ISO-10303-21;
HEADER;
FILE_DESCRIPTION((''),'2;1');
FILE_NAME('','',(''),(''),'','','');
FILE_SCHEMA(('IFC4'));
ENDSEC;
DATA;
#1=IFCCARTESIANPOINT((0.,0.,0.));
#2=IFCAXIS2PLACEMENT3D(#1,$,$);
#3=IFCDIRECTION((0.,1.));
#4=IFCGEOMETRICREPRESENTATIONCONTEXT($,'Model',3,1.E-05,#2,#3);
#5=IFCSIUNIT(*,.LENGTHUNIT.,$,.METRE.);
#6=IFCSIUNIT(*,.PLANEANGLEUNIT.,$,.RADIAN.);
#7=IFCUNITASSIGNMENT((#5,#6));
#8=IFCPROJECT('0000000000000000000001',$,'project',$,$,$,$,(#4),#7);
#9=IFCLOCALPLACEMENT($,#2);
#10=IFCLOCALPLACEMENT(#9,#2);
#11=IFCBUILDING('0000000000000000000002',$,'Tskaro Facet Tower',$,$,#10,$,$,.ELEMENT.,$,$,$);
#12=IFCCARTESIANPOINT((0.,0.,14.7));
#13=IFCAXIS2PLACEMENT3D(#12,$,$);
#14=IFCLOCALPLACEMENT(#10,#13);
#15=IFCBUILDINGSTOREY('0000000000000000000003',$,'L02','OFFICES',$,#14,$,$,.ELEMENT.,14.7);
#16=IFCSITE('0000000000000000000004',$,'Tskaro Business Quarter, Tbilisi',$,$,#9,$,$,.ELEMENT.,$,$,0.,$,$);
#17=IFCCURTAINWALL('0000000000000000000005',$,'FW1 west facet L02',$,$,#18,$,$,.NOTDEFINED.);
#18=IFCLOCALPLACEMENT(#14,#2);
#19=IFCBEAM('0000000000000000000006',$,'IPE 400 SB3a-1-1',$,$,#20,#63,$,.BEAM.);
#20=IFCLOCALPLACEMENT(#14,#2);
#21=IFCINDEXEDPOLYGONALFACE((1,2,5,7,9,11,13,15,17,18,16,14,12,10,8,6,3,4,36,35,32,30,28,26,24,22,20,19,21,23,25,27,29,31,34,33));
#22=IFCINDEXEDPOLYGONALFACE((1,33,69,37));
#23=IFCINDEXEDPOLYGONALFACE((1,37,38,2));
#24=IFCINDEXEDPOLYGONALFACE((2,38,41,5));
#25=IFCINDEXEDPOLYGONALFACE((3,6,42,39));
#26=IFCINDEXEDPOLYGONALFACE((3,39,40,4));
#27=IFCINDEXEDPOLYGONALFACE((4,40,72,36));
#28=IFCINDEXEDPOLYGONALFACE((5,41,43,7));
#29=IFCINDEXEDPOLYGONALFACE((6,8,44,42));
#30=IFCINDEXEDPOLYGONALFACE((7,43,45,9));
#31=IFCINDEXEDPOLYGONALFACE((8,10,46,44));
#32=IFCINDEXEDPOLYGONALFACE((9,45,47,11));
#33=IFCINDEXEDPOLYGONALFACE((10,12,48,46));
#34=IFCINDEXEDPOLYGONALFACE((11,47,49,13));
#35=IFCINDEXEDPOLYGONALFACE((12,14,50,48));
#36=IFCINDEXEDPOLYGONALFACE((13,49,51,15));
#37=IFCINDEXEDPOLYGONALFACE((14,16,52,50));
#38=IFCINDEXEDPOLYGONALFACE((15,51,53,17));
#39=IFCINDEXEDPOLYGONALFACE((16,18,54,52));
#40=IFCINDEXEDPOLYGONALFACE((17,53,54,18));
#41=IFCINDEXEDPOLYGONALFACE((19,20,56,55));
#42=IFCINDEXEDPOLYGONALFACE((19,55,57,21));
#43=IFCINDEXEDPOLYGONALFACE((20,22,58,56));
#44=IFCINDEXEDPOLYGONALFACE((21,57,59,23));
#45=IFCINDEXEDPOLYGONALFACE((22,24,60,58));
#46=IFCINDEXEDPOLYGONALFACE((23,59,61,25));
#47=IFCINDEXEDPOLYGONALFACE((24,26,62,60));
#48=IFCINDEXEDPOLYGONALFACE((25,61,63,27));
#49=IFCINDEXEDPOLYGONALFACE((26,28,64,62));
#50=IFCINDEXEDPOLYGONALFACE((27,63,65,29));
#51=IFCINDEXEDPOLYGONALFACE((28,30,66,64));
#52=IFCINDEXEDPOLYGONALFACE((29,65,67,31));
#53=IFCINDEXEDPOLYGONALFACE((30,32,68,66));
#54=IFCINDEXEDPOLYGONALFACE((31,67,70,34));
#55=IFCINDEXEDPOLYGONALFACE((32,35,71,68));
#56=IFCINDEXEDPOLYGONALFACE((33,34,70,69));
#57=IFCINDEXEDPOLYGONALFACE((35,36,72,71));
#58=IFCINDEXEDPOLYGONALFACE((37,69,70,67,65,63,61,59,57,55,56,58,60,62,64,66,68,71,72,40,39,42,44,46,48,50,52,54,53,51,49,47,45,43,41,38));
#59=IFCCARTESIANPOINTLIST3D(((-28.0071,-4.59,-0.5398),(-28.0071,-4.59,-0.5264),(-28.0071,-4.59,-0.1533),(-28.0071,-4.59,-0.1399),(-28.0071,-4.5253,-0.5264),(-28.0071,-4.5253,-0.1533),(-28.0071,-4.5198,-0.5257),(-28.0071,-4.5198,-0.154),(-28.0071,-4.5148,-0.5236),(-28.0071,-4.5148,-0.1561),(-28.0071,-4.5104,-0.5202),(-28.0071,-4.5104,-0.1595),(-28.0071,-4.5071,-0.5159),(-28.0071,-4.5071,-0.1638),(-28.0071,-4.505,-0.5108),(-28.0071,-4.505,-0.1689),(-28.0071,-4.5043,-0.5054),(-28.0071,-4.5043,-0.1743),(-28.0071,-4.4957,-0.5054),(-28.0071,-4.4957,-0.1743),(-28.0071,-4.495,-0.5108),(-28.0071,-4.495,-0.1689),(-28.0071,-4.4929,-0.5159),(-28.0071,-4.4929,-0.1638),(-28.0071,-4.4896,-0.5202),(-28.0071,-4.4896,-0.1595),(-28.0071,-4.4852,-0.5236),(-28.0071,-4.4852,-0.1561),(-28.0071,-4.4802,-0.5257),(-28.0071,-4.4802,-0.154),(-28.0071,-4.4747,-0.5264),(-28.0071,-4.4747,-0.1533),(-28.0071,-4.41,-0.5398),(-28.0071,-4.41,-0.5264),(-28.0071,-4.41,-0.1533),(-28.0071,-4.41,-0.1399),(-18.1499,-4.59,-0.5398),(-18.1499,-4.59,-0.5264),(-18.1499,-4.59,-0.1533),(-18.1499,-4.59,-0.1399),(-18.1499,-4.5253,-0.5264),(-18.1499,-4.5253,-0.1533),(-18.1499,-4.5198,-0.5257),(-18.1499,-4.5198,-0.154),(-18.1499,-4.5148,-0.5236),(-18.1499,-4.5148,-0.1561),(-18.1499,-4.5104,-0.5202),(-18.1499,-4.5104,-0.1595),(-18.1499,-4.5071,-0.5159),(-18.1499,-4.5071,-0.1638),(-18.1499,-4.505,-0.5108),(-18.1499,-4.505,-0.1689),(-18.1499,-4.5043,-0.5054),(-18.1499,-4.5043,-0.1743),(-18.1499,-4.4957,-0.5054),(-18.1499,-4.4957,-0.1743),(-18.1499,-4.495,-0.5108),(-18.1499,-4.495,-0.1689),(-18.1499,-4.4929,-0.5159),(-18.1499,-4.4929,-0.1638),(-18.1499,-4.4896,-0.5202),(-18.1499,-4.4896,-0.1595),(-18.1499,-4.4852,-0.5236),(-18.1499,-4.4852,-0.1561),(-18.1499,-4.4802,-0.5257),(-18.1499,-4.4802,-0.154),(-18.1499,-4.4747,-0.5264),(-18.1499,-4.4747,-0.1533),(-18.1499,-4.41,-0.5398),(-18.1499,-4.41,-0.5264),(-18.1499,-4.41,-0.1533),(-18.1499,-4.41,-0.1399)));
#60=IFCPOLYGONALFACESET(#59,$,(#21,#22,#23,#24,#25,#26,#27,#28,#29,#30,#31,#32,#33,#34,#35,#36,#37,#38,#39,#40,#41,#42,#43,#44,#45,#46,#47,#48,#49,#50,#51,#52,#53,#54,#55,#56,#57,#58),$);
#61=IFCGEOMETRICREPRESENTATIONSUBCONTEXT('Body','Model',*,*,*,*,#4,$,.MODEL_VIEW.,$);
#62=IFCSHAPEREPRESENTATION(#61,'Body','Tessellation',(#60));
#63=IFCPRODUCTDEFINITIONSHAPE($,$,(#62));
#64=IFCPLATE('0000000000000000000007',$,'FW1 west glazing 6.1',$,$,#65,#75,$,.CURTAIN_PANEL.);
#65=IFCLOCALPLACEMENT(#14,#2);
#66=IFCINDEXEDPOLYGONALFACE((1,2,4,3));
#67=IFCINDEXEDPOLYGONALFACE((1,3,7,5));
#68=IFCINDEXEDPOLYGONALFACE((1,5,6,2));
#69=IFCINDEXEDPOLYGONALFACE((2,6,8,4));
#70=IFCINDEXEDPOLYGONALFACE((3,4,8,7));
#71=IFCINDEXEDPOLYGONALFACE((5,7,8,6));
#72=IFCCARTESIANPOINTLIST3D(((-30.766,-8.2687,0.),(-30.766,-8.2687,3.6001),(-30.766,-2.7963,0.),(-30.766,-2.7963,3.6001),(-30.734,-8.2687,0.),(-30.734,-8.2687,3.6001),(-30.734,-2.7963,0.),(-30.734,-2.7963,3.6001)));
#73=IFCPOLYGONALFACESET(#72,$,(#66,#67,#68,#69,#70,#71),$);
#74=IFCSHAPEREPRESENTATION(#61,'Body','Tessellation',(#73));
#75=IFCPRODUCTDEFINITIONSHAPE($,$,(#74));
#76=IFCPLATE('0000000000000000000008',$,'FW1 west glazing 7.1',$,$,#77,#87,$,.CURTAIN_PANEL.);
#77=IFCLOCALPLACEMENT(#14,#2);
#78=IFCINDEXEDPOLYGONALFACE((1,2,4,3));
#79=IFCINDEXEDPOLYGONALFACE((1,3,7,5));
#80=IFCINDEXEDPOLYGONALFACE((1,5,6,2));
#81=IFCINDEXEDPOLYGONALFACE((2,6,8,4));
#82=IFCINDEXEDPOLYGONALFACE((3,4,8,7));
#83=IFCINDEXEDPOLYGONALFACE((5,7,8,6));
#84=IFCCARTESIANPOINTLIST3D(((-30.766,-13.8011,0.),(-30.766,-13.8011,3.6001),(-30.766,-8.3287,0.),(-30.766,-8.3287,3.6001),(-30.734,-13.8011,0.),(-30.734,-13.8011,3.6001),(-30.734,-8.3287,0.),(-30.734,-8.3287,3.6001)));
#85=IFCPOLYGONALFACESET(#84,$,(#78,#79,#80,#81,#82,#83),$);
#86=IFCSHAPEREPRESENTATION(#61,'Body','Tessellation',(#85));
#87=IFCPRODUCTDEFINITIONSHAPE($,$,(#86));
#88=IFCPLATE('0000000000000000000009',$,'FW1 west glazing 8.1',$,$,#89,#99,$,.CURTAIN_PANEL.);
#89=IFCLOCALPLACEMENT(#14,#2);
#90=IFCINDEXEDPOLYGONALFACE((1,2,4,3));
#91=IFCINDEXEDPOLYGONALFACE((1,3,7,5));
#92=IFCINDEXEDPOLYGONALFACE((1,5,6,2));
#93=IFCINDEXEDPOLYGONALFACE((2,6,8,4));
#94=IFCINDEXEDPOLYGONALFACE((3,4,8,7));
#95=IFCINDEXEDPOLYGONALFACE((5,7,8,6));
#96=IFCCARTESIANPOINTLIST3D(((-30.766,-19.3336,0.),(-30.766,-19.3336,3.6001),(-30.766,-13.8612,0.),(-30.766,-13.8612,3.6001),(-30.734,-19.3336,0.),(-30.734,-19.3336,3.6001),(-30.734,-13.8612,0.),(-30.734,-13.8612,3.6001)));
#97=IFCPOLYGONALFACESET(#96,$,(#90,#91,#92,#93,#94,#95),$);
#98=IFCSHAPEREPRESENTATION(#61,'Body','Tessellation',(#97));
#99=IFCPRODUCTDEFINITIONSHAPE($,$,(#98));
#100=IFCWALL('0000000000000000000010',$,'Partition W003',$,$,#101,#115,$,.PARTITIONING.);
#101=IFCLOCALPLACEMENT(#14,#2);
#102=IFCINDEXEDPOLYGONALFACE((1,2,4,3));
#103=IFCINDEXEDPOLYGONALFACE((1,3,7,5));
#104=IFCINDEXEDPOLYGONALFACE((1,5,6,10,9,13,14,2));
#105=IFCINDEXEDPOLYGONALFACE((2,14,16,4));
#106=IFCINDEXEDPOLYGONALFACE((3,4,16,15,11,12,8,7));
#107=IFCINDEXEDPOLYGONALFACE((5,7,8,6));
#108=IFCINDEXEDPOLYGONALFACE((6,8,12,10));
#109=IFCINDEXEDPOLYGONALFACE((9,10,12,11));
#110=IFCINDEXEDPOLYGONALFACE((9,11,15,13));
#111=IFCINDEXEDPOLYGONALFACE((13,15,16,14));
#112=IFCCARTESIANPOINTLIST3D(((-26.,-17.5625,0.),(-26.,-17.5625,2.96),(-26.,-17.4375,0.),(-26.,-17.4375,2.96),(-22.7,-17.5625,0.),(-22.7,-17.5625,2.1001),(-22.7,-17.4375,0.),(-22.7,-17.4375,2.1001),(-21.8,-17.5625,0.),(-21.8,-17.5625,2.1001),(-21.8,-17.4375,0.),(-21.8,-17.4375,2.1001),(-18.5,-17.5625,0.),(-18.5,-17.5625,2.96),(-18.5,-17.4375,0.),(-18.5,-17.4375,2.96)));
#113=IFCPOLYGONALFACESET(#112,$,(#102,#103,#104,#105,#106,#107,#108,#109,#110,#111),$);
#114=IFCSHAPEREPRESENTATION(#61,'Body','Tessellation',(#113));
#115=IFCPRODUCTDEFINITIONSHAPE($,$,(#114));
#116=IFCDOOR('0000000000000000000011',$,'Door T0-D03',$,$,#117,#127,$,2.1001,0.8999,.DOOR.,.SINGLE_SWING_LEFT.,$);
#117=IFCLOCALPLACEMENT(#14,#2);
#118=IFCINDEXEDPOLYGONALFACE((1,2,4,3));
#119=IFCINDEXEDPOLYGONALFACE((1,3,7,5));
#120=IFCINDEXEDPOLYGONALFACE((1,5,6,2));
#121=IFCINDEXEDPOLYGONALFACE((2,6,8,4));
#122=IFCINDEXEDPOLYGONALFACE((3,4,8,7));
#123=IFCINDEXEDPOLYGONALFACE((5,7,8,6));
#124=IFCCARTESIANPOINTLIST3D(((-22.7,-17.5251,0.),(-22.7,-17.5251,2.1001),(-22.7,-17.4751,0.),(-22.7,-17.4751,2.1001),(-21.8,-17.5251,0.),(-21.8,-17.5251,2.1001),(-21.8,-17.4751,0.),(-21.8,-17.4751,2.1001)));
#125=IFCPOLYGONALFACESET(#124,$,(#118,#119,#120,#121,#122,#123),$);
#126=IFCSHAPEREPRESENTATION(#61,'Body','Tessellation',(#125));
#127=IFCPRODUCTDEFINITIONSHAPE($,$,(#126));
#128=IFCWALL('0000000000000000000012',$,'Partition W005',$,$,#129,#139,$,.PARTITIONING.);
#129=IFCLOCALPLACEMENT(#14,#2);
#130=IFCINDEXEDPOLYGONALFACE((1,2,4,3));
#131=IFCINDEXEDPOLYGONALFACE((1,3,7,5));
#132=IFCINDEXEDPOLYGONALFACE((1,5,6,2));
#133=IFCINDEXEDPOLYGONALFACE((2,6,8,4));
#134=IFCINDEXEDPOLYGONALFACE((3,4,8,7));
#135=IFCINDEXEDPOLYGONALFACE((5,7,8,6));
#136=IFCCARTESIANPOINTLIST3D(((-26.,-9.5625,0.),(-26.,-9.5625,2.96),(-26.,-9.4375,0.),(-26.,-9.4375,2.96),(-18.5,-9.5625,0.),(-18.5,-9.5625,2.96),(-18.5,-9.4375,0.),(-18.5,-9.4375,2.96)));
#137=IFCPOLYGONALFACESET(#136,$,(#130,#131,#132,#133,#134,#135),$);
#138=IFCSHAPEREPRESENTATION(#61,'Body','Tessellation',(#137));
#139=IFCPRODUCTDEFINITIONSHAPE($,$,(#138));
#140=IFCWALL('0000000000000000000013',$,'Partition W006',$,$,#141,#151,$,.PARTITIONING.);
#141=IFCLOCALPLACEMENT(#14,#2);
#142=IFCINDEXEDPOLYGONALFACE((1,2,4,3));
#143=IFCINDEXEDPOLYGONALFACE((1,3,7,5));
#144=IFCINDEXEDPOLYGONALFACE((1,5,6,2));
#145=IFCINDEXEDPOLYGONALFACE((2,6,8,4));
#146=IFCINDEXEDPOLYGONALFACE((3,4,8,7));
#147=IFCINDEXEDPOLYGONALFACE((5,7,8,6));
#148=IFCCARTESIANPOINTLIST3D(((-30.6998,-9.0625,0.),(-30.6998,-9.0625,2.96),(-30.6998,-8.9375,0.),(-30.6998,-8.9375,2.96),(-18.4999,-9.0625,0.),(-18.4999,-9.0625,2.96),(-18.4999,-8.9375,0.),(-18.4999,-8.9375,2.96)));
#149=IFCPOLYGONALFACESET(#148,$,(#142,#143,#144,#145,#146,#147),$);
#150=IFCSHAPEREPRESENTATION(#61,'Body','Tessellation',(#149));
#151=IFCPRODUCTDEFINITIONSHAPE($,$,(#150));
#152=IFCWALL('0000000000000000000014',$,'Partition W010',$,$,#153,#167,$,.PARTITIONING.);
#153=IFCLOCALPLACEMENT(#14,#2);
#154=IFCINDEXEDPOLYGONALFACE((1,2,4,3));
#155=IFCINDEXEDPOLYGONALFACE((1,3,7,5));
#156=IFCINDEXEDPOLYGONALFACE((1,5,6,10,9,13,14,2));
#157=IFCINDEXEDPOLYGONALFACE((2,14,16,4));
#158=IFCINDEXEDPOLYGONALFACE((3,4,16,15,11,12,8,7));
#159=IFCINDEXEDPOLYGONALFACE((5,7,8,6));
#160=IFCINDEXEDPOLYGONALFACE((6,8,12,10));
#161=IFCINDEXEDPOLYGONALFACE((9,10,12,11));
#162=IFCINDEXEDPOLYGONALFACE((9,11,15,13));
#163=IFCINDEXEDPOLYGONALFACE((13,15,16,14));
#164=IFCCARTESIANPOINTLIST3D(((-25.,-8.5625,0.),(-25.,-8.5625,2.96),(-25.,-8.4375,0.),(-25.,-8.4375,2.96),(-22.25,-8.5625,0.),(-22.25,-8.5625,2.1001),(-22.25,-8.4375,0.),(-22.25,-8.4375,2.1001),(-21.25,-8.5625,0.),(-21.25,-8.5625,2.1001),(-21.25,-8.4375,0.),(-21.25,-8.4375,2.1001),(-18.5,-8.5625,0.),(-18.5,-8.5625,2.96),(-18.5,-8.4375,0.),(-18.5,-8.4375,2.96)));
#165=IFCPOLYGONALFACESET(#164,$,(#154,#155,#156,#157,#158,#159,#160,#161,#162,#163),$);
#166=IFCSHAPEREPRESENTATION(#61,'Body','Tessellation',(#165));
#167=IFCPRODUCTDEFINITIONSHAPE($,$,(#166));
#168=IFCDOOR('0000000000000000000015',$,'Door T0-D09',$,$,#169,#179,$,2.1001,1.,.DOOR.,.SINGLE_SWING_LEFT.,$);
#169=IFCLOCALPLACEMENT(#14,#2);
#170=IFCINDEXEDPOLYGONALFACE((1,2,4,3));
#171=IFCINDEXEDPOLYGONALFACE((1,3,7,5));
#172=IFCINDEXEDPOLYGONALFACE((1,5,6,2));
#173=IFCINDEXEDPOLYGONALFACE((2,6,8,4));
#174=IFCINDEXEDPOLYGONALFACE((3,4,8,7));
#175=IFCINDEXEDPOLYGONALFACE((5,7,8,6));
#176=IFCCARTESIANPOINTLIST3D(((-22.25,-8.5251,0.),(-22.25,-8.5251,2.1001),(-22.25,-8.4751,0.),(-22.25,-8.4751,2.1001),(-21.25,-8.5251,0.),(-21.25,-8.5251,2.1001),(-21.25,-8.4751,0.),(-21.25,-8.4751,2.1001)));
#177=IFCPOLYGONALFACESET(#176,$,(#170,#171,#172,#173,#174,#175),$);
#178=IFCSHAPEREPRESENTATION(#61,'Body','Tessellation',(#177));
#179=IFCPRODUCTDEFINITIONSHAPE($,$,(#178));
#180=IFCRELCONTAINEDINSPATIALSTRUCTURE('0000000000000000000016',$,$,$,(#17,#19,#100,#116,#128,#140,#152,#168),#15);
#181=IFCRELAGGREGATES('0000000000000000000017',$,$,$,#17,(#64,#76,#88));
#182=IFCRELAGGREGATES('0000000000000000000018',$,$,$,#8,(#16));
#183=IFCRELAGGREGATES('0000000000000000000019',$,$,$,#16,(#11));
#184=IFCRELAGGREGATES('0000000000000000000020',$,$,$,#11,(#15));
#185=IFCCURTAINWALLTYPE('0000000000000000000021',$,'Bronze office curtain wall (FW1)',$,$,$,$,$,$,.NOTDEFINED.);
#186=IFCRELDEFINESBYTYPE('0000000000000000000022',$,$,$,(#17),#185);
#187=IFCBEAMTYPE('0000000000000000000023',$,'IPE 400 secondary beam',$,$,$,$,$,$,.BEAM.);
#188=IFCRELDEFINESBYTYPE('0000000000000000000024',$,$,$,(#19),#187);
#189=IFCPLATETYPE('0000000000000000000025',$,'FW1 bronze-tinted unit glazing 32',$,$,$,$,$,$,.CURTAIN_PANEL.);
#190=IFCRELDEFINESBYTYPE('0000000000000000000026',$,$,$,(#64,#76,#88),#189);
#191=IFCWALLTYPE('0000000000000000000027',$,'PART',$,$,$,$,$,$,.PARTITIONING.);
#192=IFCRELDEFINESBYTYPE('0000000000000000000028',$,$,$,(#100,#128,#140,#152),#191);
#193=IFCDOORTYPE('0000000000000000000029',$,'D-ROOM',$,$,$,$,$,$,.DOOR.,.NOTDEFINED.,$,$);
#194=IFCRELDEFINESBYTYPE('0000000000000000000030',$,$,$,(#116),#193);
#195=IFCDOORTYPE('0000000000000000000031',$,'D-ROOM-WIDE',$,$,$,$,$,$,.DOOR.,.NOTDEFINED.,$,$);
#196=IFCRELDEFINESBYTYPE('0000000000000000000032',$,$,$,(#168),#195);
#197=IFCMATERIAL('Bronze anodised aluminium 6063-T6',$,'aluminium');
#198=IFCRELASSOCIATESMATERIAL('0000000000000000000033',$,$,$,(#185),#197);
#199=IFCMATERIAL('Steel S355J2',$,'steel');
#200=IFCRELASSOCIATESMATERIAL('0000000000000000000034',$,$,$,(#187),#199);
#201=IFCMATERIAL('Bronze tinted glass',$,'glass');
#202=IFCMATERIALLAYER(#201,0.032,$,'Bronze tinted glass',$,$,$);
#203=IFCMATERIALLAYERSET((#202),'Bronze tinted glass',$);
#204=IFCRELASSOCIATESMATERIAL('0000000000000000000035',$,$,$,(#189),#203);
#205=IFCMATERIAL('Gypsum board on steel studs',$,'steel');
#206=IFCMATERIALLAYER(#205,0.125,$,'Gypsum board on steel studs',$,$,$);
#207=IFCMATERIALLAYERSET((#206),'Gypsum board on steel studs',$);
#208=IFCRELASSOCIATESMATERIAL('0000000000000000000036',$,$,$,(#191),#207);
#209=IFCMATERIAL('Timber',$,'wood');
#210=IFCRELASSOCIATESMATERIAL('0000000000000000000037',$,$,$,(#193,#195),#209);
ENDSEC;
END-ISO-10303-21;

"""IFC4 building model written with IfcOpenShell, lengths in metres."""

from ifc_helpers import new_model, si_unit, direction, frame, frame_2d, origin, origin_2d, place, context, subcontext, project, spatial, rectangle, i_section, extrude, material, layer, layer_set, material_profile, profile_set, type_object, element, fill, aggregate, save


model = new_model("IFC4")

# Units and contexts
model_context = context("Model", 3, precision=1e-05, world=origin(), true_north=direction((0.0, 1.0)))
body_context = subcontext(model_context, "Body", "Model", "MODEL_VIEW")
ifc_project = project(units=[si_unit("LENGTHUNIT", "METRE"), si_unit("PLANEANGLEUNIT", "RADIAN")], contexts=[model_context])

# Site, building, storey
site_placement = place(None, origin())
site = spatial("IfcSite", under=ifc_project, at=site_placement, Name="Tskaro Business Quarter, Tbilisi", CompositionType="ELEMENT", RefElevation=0.0)
building_placement = place(site_placement, origin())
building = spatial("IfcBuilding", under=site, at=building_placement, Name="Tskaro Facet Tower", CompositionType="ELEMENT")
storey_placement = place(building_placement, frame((0.0, 0.0, 14.7)))
storey = spatial("IfcBuildingStorey", under=building, at=storey_placement, Name="L02", Description="OFFICES", CompositionType="ELEMENT", Elevation=14.7)

# Curtain wall
ifc_material_1 = material(Name="Bronze anodised aluminium 6063-T6", Category="aluminium")
curtain_wall_type = type_object("IfcCurtainWallType", Name="Bronze office curtain wall (FW1)", PredefinedType="NOTDEFINED", material=ifc_material_1)
curtain_wall_placement = place(storey_placement, origin())
curtain_wall = element("IfcCurtainWall", 1, at=curtain_wall_placement, inside=storey, type_object=curtain_wall_type, Name="FW1 west facet L02", PredefinedType="NOTDEFINED")

# Beam
ifc_material_2 = material(Name="Steel S355J2", Category="steel")
ifc_material_profile_1 = material_profile(ifc_material_2, i_section(OverallWidth=0.1799, OverallDepth=0.3999, WebThickness=0.0085, FlangeThickness=0.0134, FilletRadius=0.021, at=origin_2d()), Name="IPE 400")
ifc_profile_set_1 = profile_set([ifc_material_profile_1], Name="Steel S355J2")
beam_type_1 = type_object("IfcBeamType", Name="IPE 400 secondary beam", PredefinedType="BEAM", material=ifc_profile_set_1)
for number, where, z_axis, x_axis, name in (
    (2, (-28.0071, -4.5, -0.3398), (1.0, 0.0, 0.0), (0.0, 1.0, 0.0), "IPE 400 SB3a-1-1"),
):
    element("IfcBeam", number, at=place(storey_placement, frame(where, z_axis=z_axis, x_axis=x_axis)), inside=storey, type_object=beam_type_1, Name=name, PredefinedType="BEAM", context=body_context, shape_type="SweptSolid", body=[
        extrude(i_section(OverallWidth=0.1799, OverallDepth=0.3999, WebThickness=0.0085, FlangeThickness=0.0134, FilletRadius=0.021, at=origin_2d()), origin(), (0.0, 0.0, 1.0), 9.8572),
    ])

# Plates
ifc_material_3 = material(Name="Bronze tinted glass", Category="glass")
ifc_layer_1 = layer(ifc_material_3, 0.032, Name="Bronze tinted glass")
ifc_layer_set_1 = layer_set([ifc_layer_1], Name="Bronze tinted glass")
plate_type = type_object("IfcPlateType", Name="FW1 bronze-tinted unit glazing 32", PredefinedType="CURTAIN_PANEL", material=ifc_layer_set_1)
plate_1_placement = place(storey_placement, frame((-30.75, -5.5325, 0.0), z_axis=(0.0, 0.0, 1.0), x_axis=(0.0, -1.0, 0.0)))
plate_1 = element("IfcPlate", 3, at=plate_1_placement, type_object=plate_type, Name="FW1 west glazing 6.1", PredefinedType="CURTAIN_PANEL", context=body_context, shape_type="SweptSolid", body=[
    extrude(rectangle(XDim=5.4724, YDim=0.032, at=origin_2d()), origin(), (0.0, 0.0, 1.0), 3.6001),
])
plate_2_placement = place(storey_placement, frame((-30.75, -11.0649, 0.0), z_axis=(0.0, 0.0, 1.0), x_axis=(0.0, -1.0, 0.0)))
plate_2 = element("IfcPlate", 4, at=plate_2_placement, type_object=plate_type, Name="FW1 west glazing 7.1", PredefinedType="CURTAIN_PANEL", context=body_context, shape_type="SweptSolid", body=[
    extrude(rectangle(XDim=5.4724, YDim=0.032, at=origin_2d()), origin(), (0.0, 0.0, 1.0), 3.6001),
])
plate_3_placement = place(storey_placement, frame((-30.75, -16.5974, 0.0), z_axis=(0.0, 0.0, 1.0), x_axis=(0.0, -1.0, 0.0)))
plate_3 = element("IfcPlate", 5, at=plate_3_placement, type_object=plate_type, Name="FW1 west glazing 8.1", PredefinedType="CURTAIN_PANEL", context=body_context, shape_type="SweptSolid", body=[
    extrude(rectangle(XDim=5.4724, YDim=0.032, at=origin_2d()), origin(), (0.0, 0.0, 1.0), 3.6001),
])
aggregate(curtain_wall, [plate_1, plate_2, plate_3])

# Wall, opening, door
ifc_material_4 = material(Name="Gypsum board on steel studs", Category="steel")
ifc_layer_2 = layer(ifc_material_4, 0.125, Name="Gypsum board on steel studs")
ifc_layer_set_2 = layer_set([ifc_layer_2], Name="Gypsum board on steel studs")
wall_type = type_object("IfcWallType", Name="PART", PredefinedType="PARTITIONING", material=ifc_layer_set_2)
wall_1_placement = place(storey_placement, frame((-26.0, -17.5, 0.0), z_axis=(0.0, 0.0, 1.0), x_axis=(1.0, 0.0, 0.0)))
wall_1 = element("IfcWall", 6, at=wall_1_placement, inside=storey, type_object=wall_type, Name="Partition W003", PredefinedType="PARTITIONING", context=body_context, shape_type="SweptSolid", body=[
    extrude(rectangle(XDim=7.5, YDim=0.125, at=frame_2d((3.75, 0.0))), origin(), (0.0, 0.0, 1.0), 2.96),
])
opening_1_placement = place(wall_1_placement, frame((3.3, 0.0, 0.0)))
opening_1 = element("IfcOpeningElement", 7, at=opening_1_placement, cuts=wall_1, PredefinedType="OPENING", context=body_context, shape_type="SweptSolid", body=[
    extrude(rectangle(XDim=0.8999, YDim=2.1001, at=frame_2d((0.45, 1.05))), frame((0.0, 0.0725, 0.0), z_axis=(0.0, -1.0, 0.0), x_axis=(1.0, 0.0, 0.0)), (0.0, 0.0, 1.0), 0.145),
])
ifc_material_5 = material(Name="Timber", Category="wood")
door_type_1 = type_object("IfcDoorType", Name="D-ROOM", OperationType="NOTDEFINED", PredefinedType="DOOR", material=ifc_material_5)
door_1_placement = place(opening_1_placement, origin())
door_1 = element("IfcDoor", 8, at=door_1_placement, inside=storey, type_object=door_type_1, Name="Door T0-D03", OperationType="SINGLE_SWING_LEFT", OverallHeight=2.1001, OverallWidth=0.8999, PredefinedType="DOOR", context=body_context, shape_type="SweptSolid", body=[
    extrude(rectangle(XDim=0.8999, YDim=2.1001, at=frame_2d((0.45, 1.05))), frame((0.0, 0.0249, 0.0), z_axis=(0.0, -1.0, 0.0), x_axis=(1.0, 0.0, 0.0)), (0.0, 0.0, 1.0), 0.05),
])
fill(opening_1, door_1)

# Walls
wall_2_placement = place(storey_placement, frame((-26.0, -9.5, 0.0), z_axis=(0.0, 0.0, 1.0), x_axis=(1.0, 0.0, 0.0)))
element("IfcWall", 9, at=wall_2_placement, inside=storey, type_object=wall_type, Name="Partition W005", PredefinedType="PARTITIONING", context=body_context, shape_type="SweptSolid", body=[
    extrude(rectangle(XDim=7.5, YDim=0.125, at=frame_2d((3.75, 0.0))), origin(), (0.0, 0.0, 1.0), 2.96),
])
wall_3_placement = place(storey_placement, frame((-30.7, -9.0, 0.0), z_axis=(0.0, 0.0, 1.0), x_axis=(1.0, 0.0, 0.0)))
element("IfcWall", 10, at=wall_3_placement, inside=storey, type_object=wall_type, Name="Partition W006", PredefinedType="PARTITIONING", context=body_context, shape_type="SweptSolid", body=[
    extrude(rectangle(XDim=12.2, YDim=0.125, at=frame_2d((6.1001, 0.0))), origin(), (0.0, 0.0, 1.0), 2.96),
])

# Wall, opening, door
wall_4_placement = place(storey_placement, frame((-25.0, -8.5, 0.0), z_axis=(0.0, 0.0, 1.0), x_axis=(1.0, 0.0, 0.0)))
wall_4 = element("IfcWall", 11, at=wall_4_placement, inside=storey, type_object=wall_type, Name="Partition W010", PredefinedType="PARTITIONING", context=body_context, shape_type="SweptSolid", body=[
    extrude(rectangle(XDim=6.5, YDim=0.125, at=frame_2d((3.25, 0.0))), origin(), (0.0, 0.0, 1.0), 2.96),
])
opening_2_placement = place(wall_4_placement, frame((2.75, 0.0, 0.0)))
opening_2 = element("IfcOpeningElement", 12, at=opening_2_placement, cuts=wall_4, PredefinedType="OPENING", context=body_context, shape_type="SweptSolid", body=[
    extrude(rectangle(XDim=1.0, YDim=2.1001, at=frame_2d((0.5, 1.05))), frame((0.0, 0.0725, 0.0), z_axis=(0.0, -1.0, 0.0), x_axis=(1.0, 0.0, 0.0)), (0.0, 0.0, 1.0), 0.145),
])
door_type_2 = type_object("IfcDoorType", Name="D-ROOM-WIDE", OperationType="NOTDEFINED", PredefinedType="DOOR", material=ifc_material_5)
door_2_placement = place(opening_2_placement, origin())
door_2 = element("IfcDoor", 13, at=door_2_placement, inside=storey, type_object=door_type_2, Name="Door T0-D09", OperationType="SINGLE_SWING_LEFT", OverallHeight=2.1001, OverallWidth=1.0, PredefinedType="DOOR", context=body_context, shape_type="SweptSolid", body=[
    extrude(rectangle(XDim=1.0, YDim=2.1001, at=frame_2d((0.5, 1.05))), frame((0.0, 0.0249, 0.0), z_axis=(0.0, -1.0, 0.0), x_axis=(1.0, 0.0, 0.0)), (0.0, 0.0, 1.0), 0.05),
])
fill(opening_2, door_2)

save(model, "model.ifc")
